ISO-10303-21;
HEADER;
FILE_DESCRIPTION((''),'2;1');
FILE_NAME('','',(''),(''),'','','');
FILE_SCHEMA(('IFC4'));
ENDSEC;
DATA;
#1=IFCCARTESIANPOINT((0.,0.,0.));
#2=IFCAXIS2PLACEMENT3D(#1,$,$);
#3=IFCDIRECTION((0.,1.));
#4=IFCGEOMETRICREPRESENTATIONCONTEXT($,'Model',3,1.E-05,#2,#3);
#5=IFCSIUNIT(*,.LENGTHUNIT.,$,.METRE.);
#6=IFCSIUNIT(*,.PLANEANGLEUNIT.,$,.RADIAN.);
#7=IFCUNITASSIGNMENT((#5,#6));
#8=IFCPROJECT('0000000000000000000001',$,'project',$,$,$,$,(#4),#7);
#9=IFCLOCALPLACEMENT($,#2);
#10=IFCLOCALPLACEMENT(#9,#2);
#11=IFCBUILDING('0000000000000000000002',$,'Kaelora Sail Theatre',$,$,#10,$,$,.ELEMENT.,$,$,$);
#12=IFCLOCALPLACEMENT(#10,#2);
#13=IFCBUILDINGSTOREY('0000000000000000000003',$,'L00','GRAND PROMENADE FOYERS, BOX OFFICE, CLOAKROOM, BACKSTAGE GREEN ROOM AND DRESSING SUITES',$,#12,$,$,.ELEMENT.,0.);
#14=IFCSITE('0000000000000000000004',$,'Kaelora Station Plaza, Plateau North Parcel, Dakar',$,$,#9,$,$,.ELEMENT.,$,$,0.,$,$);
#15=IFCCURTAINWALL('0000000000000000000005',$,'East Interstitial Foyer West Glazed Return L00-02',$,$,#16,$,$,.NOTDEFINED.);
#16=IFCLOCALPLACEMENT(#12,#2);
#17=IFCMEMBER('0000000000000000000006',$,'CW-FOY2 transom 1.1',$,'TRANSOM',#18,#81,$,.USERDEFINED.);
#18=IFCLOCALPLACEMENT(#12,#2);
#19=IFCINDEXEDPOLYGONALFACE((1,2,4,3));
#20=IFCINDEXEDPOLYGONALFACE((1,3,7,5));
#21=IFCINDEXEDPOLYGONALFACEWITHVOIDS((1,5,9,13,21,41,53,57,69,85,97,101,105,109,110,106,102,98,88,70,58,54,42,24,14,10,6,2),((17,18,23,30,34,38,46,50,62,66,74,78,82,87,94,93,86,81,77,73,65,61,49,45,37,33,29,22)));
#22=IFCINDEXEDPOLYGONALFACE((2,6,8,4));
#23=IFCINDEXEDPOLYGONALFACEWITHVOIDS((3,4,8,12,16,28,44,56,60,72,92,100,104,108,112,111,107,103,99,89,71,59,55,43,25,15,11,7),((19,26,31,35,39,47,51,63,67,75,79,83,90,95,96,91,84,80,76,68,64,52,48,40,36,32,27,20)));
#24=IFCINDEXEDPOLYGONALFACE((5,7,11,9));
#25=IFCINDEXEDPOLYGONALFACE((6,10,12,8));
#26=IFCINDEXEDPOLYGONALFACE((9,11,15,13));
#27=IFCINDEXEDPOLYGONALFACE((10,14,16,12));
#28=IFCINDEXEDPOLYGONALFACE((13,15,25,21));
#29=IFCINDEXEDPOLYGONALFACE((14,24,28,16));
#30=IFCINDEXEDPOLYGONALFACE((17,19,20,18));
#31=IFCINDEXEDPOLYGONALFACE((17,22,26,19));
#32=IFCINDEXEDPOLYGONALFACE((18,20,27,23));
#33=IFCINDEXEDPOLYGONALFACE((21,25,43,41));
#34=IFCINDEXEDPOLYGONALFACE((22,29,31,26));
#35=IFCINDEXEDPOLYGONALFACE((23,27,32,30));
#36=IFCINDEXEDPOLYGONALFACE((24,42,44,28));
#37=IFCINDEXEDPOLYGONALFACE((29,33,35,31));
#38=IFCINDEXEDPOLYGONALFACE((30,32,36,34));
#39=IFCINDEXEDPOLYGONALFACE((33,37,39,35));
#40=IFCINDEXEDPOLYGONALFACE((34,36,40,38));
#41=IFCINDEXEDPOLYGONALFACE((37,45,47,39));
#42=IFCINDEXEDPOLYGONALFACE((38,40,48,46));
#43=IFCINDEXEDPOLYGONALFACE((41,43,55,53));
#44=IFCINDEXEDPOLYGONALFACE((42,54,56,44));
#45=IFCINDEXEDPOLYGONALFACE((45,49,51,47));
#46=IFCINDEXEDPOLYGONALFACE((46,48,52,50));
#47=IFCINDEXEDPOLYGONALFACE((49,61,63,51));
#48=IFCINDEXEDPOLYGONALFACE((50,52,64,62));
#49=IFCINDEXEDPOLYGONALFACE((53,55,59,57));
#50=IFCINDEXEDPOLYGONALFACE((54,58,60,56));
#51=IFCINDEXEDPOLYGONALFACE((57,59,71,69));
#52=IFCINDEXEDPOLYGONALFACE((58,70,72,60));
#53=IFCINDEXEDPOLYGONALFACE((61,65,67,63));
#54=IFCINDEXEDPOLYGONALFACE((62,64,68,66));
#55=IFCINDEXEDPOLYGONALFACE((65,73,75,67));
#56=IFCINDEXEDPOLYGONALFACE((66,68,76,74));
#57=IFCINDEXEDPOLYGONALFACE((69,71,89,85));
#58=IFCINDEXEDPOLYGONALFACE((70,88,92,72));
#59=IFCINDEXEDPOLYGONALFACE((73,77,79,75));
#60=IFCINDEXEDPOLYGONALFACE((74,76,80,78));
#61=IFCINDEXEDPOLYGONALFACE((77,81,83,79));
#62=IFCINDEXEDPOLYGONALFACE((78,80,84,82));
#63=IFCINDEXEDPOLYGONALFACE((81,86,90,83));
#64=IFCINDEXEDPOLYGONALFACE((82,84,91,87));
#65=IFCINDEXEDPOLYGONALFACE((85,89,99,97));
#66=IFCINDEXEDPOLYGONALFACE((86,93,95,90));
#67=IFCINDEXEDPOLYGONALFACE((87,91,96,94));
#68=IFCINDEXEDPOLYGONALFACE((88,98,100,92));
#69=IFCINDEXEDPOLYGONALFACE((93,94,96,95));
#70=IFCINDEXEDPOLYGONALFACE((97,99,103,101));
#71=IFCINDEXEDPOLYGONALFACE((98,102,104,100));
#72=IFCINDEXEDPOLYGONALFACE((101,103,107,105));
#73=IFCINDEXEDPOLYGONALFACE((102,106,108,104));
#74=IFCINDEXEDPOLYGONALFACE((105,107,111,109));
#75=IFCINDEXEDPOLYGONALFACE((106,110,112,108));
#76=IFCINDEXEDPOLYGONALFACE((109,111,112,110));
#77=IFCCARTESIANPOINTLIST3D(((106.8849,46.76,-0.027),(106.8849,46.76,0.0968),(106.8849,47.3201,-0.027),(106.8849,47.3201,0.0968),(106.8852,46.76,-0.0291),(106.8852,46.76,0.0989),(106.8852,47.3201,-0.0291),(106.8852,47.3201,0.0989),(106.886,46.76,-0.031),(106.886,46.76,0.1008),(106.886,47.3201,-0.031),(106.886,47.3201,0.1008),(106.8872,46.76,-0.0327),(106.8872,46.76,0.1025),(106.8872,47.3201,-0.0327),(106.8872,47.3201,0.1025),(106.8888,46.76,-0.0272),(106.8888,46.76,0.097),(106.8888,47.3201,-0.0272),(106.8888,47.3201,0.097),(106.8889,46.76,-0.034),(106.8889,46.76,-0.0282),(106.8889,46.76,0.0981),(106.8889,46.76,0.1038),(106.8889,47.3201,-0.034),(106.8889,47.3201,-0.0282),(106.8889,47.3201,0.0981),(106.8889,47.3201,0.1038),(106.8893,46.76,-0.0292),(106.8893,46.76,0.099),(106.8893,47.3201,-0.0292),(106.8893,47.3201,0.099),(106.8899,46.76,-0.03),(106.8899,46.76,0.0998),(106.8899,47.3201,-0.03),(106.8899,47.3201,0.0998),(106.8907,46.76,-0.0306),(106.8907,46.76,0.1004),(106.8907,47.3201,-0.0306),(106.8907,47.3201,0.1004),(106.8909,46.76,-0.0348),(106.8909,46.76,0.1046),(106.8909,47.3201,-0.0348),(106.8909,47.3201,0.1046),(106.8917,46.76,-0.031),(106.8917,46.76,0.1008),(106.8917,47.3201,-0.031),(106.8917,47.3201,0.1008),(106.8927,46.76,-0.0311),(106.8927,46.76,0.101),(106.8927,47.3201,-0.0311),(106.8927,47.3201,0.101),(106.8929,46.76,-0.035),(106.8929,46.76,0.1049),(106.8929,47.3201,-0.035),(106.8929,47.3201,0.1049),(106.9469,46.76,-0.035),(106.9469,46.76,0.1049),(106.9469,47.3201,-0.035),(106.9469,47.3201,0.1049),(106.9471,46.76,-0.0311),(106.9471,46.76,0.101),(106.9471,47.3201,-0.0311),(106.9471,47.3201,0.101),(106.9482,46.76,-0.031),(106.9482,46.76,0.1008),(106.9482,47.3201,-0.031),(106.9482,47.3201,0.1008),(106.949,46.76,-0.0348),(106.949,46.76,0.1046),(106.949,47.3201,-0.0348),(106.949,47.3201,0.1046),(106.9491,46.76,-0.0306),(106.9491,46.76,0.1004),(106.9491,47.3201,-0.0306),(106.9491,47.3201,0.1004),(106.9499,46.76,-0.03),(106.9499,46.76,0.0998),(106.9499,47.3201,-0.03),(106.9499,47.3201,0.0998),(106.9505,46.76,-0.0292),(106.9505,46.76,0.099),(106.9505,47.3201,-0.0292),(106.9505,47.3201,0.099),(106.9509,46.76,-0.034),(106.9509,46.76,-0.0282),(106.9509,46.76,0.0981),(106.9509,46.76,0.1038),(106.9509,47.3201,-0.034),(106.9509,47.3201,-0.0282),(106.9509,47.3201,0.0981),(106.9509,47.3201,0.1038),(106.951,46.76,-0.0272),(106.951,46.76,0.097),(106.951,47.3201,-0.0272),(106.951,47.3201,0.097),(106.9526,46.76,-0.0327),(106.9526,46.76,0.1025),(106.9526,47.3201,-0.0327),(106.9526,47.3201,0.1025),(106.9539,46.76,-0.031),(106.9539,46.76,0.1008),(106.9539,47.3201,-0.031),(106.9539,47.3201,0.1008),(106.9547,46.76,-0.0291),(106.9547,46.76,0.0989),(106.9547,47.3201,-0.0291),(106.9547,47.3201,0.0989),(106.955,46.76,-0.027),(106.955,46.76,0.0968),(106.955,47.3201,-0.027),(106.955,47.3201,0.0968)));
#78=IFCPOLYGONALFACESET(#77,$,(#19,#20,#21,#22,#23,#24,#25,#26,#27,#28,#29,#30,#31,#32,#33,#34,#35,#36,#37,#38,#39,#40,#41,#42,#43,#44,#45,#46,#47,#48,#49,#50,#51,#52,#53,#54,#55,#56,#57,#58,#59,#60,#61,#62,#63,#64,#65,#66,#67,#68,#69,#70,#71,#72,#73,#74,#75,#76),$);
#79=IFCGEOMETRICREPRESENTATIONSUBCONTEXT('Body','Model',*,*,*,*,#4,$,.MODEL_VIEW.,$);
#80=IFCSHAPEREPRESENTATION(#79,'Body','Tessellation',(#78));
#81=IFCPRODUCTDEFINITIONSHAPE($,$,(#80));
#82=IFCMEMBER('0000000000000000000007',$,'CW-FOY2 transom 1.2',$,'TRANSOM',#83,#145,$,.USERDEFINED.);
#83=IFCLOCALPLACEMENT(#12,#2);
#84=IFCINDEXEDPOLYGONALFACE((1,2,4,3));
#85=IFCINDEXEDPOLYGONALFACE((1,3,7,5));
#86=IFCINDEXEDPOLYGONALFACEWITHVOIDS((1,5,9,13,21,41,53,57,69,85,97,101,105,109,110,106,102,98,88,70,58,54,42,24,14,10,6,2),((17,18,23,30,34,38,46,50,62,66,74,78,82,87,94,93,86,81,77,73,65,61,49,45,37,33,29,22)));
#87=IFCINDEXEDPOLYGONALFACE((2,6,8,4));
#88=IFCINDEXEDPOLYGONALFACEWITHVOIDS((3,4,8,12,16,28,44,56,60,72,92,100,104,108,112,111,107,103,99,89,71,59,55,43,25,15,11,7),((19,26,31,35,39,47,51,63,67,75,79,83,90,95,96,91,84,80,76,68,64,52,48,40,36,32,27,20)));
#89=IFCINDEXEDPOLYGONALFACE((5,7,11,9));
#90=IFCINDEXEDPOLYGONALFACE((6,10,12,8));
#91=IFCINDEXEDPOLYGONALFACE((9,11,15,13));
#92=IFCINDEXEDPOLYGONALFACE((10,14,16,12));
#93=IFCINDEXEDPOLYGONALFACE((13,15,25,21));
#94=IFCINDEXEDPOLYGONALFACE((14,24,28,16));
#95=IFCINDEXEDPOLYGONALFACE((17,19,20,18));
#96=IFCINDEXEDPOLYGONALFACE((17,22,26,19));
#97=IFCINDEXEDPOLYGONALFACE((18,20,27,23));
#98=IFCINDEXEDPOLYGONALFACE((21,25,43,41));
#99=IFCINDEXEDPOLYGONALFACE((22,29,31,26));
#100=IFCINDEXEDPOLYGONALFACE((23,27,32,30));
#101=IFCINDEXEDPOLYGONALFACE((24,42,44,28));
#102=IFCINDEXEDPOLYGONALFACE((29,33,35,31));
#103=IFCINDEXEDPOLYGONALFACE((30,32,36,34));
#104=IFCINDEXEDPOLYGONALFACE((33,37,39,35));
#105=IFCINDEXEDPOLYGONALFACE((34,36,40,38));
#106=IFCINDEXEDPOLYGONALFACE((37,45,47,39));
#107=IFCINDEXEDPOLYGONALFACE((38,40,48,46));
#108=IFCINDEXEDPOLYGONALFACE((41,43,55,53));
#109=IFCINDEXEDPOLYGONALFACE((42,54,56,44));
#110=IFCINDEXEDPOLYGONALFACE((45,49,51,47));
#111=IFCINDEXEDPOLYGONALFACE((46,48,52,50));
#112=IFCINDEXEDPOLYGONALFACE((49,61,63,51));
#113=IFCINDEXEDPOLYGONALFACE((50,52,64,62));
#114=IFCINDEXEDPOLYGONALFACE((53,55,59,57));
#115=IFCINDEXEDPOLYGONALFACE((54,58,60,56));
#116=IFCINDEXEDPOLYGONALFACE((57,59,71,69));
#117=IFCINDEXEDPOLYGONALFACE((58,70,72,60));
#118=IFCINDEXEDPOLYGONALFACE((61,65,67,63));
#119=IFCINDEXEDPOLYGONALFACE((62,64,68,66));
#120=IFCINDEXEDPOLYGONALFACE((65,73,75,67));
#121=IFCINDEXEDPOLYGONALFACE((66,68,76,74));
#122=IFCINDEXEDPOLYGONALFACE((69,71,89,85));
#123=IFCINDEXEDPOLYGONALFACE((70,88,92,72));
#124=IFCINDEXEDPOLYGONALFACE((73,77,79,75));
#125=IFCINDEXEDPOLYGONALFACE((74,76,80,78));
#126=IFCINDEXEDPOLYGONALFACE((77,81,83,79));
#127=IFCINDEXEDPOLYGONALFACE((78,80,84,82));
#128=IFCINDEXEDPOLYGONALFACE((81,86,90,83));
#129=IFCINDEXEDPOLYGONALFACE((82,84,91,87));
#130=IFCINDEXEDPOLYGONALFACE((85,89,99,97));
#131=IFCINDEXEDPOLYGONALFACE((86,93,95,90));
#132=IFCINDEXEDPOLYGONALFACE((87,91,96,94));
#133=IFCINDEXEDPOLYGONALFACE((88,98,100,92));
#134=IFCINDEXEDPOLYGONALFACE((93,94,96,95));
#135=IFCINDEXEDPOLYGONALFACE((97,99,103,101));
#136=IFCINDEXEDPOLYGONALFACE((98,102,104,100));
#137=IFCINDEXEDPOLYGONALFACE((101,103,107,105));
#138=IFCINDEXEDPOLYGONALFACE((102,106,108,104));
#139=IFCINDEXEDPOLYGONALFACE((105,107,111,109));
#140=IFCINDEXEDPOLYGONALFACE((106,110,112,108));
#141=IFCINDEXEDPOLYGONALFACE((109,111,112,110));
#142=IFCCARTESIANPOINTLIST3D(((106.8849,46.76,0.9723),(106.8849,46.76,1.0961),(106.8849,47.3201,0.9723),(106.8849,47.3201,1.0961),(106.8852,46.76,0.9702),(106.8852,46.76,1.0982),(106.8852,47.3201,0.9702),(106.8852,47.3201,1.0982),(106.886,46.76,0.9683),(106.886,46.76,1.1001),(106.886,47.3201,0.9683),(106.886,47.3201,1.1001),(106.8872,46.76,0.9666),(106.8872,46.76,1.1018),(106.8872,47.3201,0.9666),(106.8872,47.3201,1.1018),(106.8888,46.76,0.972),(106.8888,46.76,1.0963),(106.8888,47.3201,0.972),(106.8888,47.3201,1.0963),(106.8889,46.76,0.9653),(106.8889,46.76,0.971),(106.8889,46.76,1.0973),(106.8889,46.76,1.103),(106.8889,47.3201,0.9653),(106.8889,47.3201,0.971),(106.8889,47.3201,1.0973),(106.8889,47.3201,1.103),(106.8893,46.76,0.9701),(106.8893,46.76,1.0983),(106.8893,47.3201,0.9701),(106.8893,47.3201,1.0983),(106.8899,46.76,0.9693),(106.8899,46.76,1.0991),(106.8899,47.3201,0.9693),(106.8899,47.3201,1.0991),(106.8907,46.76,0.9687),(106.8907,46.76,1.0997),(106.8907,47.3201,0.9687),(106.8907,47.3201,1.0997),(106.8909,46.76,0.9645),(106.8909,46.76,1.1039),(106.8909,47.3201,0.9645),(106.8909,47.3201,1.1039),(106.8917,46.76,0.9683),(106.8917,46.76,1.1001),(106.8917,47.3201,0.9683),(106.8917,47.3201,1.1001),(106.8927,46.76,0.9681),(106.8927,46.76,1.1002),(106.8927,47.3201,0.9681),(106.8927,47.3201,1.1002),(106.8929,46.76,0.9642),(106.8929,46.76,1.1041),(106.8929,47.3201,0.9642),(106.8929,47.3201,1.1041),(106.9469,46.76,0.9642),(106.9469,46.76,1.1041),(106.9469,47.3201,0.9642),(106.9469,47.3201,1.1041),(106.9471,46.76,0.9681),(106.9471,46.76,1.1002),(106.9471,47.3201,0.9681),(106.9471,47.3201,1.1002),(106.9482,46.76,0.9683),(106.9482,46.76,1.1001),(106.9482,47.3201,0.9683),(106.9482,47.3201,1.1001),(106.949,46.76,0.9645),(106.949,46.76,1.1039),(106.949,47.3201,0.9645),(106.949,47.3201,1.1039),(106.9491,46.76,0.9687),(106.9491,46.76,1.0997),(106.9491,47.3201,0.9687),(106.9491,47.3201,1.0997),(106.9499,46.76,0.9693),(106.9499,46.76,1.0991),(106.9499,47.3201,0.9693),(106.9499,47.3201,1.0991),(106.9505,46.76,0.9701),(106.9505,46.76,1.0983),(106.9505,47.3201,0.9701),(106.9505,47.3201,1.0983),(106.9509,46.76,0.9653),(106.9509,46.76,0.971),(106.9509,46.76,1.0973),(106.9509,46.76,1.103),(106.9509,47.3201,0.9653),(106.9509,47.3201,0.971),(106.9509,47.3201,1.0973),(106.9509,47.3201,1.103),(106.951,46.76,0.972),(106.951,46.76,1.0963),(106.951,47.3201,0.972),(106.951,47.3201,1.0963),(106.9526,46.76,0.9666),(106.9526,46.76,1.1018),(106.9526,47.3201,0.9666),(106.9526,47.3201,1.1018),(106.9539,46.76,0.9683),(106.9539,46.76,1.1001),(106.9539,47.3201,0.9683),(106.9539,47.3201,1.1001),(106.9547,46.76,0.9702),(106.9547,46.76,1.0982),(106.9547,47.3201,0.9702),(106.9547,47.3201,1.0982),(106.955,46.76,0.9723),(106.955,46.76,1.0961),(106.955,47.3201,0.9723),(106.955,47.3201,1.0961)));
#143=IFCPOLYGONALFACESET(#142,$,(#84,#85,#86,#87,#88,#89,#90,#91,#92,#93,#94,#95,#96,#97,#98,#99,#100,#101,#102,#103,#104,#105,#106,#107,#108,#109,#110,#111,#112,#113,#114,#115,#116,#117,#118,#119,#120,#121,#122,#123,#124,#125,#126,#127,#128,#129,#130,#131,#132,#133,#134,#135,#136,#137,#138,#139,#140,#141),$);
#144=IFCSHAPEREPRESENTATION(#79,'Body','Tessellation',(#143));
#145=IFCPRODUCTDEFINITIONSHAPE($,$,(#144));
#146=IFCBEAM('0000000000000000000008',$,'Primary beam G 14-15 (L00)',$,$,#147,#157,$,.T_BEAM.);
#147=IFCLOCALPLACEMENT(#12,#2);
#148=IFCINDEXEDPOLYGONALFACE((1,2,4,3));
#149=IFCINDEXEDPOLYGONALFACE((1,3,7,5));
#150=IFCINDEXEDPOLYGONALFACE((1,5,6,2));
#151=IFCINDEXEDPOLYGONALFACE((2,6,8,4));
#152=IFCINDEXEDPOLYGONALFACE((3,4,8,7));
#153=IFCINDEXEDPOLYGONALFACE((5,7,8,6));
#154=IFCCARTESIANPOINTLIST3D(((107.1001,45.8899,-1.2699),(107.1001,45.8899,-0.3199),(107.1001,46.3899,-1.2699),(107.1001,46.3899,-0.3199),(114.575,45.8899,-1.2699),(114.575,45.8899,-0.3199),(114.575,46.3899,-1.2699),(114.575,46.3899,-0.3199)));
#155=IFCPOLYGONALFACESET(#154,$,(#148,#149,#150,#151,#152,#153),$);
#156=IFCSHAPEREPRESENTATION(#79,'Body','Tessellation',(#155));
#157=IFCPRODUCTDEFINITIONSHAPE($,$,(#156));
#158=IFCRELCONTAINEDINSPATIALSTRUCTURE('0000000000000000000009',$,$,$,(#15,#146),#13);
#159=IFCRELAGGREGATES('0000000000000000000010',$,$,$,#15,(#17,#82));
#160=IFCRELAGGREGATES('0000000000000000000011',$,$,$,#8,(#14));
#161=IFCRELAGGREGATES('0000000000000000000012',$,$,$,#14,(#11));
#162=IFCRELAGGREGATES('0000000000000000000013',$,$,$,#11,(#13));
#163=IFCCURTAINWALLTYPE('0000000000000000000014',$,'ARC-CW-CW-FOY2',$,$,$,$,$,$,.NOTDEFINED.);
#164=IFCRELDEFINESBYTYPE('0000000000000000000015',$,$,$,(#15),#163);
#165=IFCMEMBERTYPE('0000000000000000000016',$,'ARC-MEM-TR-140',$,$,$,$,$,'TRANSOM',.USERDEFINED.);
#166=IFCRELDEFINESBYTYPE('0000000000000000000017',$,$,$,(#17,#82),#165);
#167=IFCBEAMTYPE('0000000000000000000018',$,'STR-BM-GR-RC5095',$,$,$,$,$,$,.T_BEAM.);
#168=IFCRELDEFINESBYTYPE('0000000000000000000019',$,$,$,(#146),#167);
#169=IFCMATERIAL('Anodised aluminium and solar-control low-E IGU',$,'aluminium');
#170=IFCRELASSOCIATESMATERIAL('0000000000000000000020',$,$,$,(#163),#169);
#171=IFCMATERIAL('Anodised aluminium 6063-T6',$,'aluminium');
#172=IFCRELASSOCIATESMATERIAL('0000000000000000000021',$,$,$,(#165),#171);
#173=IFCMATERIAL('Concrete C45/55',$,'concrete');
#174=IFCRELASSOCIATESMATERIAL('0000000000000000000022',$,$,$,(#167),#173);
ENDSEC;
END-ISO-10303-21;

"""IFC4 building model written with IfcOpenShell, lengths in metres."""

from ifc_helpers import new_model, si_unit, direction, frame, origin, origin_2d, place, context, subcontext, project, spatial, rectangle, hollow_rectangle, extrude, material, material_profile, profile_set, type_object, element, aggregate, save


model = new_model("IFC4")

# Units and contexts
model_context = context("Model", 3, precision=1e-05, world=origin(), true_north=direction((0.0, 1.0)))
body_context = subcontext(model_context, "Body", "Model", "MODEL_VIEW")
ifc_project = project(units=[si_unit("LENGTHUNIT", "METRE"), si_unit("PLANEANGLEUNIT", "RADIAN")], contexts=[model_context])

# Site, building, storey
site_placement = place(None, origin())
site = spatial("IfcSite", under=ifc_project, at=site_placement, Name="Kaelora Station Plaza, Plateau North Parcel, Dakar", CompositionType="ELEMENT", RefElevation=0.0)
building_placement = place(site_placement, origin())
building = spatial("IfcBuilding", under=site, at=building_placement, Name="Kaelora Sail Theatre", CompositionType="ELEMENT")
storey_placement = place(building_placement, origin())
storey = spatial("IfcBuildingStorey", under=building, at=storey_placement, Name="L00", Description="GRAND PROMENADE FOYERS, BOX OFFICE, CLOAKROOM, BACKSTAGE GREEN ROOM AND DRESSING SUITES", CompositionType="ELEMENT", Elevation=0.0)

# Shared definitions
ifc_material_1 = material(Name="Anodised aluminium and solar-control low-E IGU", Category="aluminium")
curtain_wall_type = type_object("IfcCurtainWallType", Name="ARC-CW-CW-FOY2", PredefinedType="NOTDEFINED", material=ifc_material_1)

# Curtain wall
curtain_wall_1_placement = place(storey_placement, origin())
curtain_wall_1 = element("IfcCurtainWall", 1, at=curtain_wall_1_placement, inside=storey, type_object=curtain_wall_type, Name="East Interstitial Foyer West Glazed Return L00-02", PredefinedType="NOTDEFINED")

# Members
ifc_material_2 = material(Name="Anodised aluminium 6063-T6", Category="aluminium")
ifc_material_profile_1 = material_profile(ifc_material_2, hollow_rectangle(XDim=0.0701, YDim=0.1399, WallThickness=0.0039, InnerFilletRadius=0.0039, OuterFilletRadius=0.0081, at=origin_2d()), Name="ALU-TRAN 70x140x4")
ifc_profile_set_1 = profile_set([ifc_material_profile_1], Name="Anodised aluminium 6063-T6")
member_type_1 = type_object("IfcMemberType", Name="ARC-MEM-TR-140", ElementType="TRANSOM", PredefinedType="USERDEFINED", material=ifc_profile_set_1)
member_1_placement = place(storey_placement, frame((106.9199, 46.76, 0.0349), z_axis=(0.0, 1.0, 0.0), x_axis=(-1.0, 0.0, 0.0)))
member_1 = element("IfcMember", 2, at=member_1_placement, type_object=member_type_1, Name="CW-FOY2 transom 1.1", ObjectType="TRANSOM", PredefinedType="USERDEFINED", context=body_context, shape_type="SweptSolid", body=[
    extrude(hollow_rectangle(XDim=0.0701, YDim=0.1399, WallThickness=0.0039, InnerFilletRadius=0.0039, OuterFilletRadius=0.0081, at=origin_2d()), origin(), (0.0, 0.0, 1.0), 0.5601),
])
member_2_placement = place(storey_placement, frame((106.9199, 46.76, 1.0342), z_axis=(0.0, 1.0, 0.0), x_axis=(-1.0, 0.0, 0.0)))
member_2 = element("IfcMember", 3, at=member_2_placement, type_object=member_type_1, Name="CW-FOY2 transom 1.2", ObjectType="TRANSOM", PredefinedType="USERDEFINED", context=body_context, shape_type="SweptSolid", body=[
    extrude(hollow_rectangle(XDim=0.0701, YDim=0.1399, WallThickness=0.0039, InnerFilletRadius=0.0039, OuterFilletRadius=0.0081, at=origin_2d()), origin(), (0.0, 0.0, 1.0), 0.5601),
])
aggregate(curtain_wall_1, [member_1, member_2])

# Beam
ifc_material_3 = material(Name="Concrete C45/55", Category="concrete")
ifc_material_profile_2 = material_profile(ifc_material_3, rectangle(XDim=0.5, YDim=0.95, at=origin_2d()), Name="RC-GRD 500x950")
ifc_profile_set_2 = profile_set([ifc_material_profile_2], Name="Concrete C45/55")
beam_type_1 = type_object("IfcBeamType", Name="STR-BM-GR-RC5095", PredefinedType="T_BEAM", material=ifc_profile_set_2)
beam_1_placement = place(storey_placement, frame((107.1001, 46.1399, -0.7949), z_axis=(1.0, 0.0, 0.0), x_axis=(0.0, 1.0, 0.0)))
element("IfcBeam", 4, at=beam_1_placement, inside=storey, type_object=beam_type_1, Name="Primary beam G 14-15 (L00)", PredefinedType="T_BEAM", context=body_context, shape_type="SweptSolid", body=[
    extrude(rectangle(XDim=0.5, YDim=0.95, at=origin_2d()), origin(), (0.0, 0.0, 1.0), 7.4749),
])

save(model, "model.ifc")
